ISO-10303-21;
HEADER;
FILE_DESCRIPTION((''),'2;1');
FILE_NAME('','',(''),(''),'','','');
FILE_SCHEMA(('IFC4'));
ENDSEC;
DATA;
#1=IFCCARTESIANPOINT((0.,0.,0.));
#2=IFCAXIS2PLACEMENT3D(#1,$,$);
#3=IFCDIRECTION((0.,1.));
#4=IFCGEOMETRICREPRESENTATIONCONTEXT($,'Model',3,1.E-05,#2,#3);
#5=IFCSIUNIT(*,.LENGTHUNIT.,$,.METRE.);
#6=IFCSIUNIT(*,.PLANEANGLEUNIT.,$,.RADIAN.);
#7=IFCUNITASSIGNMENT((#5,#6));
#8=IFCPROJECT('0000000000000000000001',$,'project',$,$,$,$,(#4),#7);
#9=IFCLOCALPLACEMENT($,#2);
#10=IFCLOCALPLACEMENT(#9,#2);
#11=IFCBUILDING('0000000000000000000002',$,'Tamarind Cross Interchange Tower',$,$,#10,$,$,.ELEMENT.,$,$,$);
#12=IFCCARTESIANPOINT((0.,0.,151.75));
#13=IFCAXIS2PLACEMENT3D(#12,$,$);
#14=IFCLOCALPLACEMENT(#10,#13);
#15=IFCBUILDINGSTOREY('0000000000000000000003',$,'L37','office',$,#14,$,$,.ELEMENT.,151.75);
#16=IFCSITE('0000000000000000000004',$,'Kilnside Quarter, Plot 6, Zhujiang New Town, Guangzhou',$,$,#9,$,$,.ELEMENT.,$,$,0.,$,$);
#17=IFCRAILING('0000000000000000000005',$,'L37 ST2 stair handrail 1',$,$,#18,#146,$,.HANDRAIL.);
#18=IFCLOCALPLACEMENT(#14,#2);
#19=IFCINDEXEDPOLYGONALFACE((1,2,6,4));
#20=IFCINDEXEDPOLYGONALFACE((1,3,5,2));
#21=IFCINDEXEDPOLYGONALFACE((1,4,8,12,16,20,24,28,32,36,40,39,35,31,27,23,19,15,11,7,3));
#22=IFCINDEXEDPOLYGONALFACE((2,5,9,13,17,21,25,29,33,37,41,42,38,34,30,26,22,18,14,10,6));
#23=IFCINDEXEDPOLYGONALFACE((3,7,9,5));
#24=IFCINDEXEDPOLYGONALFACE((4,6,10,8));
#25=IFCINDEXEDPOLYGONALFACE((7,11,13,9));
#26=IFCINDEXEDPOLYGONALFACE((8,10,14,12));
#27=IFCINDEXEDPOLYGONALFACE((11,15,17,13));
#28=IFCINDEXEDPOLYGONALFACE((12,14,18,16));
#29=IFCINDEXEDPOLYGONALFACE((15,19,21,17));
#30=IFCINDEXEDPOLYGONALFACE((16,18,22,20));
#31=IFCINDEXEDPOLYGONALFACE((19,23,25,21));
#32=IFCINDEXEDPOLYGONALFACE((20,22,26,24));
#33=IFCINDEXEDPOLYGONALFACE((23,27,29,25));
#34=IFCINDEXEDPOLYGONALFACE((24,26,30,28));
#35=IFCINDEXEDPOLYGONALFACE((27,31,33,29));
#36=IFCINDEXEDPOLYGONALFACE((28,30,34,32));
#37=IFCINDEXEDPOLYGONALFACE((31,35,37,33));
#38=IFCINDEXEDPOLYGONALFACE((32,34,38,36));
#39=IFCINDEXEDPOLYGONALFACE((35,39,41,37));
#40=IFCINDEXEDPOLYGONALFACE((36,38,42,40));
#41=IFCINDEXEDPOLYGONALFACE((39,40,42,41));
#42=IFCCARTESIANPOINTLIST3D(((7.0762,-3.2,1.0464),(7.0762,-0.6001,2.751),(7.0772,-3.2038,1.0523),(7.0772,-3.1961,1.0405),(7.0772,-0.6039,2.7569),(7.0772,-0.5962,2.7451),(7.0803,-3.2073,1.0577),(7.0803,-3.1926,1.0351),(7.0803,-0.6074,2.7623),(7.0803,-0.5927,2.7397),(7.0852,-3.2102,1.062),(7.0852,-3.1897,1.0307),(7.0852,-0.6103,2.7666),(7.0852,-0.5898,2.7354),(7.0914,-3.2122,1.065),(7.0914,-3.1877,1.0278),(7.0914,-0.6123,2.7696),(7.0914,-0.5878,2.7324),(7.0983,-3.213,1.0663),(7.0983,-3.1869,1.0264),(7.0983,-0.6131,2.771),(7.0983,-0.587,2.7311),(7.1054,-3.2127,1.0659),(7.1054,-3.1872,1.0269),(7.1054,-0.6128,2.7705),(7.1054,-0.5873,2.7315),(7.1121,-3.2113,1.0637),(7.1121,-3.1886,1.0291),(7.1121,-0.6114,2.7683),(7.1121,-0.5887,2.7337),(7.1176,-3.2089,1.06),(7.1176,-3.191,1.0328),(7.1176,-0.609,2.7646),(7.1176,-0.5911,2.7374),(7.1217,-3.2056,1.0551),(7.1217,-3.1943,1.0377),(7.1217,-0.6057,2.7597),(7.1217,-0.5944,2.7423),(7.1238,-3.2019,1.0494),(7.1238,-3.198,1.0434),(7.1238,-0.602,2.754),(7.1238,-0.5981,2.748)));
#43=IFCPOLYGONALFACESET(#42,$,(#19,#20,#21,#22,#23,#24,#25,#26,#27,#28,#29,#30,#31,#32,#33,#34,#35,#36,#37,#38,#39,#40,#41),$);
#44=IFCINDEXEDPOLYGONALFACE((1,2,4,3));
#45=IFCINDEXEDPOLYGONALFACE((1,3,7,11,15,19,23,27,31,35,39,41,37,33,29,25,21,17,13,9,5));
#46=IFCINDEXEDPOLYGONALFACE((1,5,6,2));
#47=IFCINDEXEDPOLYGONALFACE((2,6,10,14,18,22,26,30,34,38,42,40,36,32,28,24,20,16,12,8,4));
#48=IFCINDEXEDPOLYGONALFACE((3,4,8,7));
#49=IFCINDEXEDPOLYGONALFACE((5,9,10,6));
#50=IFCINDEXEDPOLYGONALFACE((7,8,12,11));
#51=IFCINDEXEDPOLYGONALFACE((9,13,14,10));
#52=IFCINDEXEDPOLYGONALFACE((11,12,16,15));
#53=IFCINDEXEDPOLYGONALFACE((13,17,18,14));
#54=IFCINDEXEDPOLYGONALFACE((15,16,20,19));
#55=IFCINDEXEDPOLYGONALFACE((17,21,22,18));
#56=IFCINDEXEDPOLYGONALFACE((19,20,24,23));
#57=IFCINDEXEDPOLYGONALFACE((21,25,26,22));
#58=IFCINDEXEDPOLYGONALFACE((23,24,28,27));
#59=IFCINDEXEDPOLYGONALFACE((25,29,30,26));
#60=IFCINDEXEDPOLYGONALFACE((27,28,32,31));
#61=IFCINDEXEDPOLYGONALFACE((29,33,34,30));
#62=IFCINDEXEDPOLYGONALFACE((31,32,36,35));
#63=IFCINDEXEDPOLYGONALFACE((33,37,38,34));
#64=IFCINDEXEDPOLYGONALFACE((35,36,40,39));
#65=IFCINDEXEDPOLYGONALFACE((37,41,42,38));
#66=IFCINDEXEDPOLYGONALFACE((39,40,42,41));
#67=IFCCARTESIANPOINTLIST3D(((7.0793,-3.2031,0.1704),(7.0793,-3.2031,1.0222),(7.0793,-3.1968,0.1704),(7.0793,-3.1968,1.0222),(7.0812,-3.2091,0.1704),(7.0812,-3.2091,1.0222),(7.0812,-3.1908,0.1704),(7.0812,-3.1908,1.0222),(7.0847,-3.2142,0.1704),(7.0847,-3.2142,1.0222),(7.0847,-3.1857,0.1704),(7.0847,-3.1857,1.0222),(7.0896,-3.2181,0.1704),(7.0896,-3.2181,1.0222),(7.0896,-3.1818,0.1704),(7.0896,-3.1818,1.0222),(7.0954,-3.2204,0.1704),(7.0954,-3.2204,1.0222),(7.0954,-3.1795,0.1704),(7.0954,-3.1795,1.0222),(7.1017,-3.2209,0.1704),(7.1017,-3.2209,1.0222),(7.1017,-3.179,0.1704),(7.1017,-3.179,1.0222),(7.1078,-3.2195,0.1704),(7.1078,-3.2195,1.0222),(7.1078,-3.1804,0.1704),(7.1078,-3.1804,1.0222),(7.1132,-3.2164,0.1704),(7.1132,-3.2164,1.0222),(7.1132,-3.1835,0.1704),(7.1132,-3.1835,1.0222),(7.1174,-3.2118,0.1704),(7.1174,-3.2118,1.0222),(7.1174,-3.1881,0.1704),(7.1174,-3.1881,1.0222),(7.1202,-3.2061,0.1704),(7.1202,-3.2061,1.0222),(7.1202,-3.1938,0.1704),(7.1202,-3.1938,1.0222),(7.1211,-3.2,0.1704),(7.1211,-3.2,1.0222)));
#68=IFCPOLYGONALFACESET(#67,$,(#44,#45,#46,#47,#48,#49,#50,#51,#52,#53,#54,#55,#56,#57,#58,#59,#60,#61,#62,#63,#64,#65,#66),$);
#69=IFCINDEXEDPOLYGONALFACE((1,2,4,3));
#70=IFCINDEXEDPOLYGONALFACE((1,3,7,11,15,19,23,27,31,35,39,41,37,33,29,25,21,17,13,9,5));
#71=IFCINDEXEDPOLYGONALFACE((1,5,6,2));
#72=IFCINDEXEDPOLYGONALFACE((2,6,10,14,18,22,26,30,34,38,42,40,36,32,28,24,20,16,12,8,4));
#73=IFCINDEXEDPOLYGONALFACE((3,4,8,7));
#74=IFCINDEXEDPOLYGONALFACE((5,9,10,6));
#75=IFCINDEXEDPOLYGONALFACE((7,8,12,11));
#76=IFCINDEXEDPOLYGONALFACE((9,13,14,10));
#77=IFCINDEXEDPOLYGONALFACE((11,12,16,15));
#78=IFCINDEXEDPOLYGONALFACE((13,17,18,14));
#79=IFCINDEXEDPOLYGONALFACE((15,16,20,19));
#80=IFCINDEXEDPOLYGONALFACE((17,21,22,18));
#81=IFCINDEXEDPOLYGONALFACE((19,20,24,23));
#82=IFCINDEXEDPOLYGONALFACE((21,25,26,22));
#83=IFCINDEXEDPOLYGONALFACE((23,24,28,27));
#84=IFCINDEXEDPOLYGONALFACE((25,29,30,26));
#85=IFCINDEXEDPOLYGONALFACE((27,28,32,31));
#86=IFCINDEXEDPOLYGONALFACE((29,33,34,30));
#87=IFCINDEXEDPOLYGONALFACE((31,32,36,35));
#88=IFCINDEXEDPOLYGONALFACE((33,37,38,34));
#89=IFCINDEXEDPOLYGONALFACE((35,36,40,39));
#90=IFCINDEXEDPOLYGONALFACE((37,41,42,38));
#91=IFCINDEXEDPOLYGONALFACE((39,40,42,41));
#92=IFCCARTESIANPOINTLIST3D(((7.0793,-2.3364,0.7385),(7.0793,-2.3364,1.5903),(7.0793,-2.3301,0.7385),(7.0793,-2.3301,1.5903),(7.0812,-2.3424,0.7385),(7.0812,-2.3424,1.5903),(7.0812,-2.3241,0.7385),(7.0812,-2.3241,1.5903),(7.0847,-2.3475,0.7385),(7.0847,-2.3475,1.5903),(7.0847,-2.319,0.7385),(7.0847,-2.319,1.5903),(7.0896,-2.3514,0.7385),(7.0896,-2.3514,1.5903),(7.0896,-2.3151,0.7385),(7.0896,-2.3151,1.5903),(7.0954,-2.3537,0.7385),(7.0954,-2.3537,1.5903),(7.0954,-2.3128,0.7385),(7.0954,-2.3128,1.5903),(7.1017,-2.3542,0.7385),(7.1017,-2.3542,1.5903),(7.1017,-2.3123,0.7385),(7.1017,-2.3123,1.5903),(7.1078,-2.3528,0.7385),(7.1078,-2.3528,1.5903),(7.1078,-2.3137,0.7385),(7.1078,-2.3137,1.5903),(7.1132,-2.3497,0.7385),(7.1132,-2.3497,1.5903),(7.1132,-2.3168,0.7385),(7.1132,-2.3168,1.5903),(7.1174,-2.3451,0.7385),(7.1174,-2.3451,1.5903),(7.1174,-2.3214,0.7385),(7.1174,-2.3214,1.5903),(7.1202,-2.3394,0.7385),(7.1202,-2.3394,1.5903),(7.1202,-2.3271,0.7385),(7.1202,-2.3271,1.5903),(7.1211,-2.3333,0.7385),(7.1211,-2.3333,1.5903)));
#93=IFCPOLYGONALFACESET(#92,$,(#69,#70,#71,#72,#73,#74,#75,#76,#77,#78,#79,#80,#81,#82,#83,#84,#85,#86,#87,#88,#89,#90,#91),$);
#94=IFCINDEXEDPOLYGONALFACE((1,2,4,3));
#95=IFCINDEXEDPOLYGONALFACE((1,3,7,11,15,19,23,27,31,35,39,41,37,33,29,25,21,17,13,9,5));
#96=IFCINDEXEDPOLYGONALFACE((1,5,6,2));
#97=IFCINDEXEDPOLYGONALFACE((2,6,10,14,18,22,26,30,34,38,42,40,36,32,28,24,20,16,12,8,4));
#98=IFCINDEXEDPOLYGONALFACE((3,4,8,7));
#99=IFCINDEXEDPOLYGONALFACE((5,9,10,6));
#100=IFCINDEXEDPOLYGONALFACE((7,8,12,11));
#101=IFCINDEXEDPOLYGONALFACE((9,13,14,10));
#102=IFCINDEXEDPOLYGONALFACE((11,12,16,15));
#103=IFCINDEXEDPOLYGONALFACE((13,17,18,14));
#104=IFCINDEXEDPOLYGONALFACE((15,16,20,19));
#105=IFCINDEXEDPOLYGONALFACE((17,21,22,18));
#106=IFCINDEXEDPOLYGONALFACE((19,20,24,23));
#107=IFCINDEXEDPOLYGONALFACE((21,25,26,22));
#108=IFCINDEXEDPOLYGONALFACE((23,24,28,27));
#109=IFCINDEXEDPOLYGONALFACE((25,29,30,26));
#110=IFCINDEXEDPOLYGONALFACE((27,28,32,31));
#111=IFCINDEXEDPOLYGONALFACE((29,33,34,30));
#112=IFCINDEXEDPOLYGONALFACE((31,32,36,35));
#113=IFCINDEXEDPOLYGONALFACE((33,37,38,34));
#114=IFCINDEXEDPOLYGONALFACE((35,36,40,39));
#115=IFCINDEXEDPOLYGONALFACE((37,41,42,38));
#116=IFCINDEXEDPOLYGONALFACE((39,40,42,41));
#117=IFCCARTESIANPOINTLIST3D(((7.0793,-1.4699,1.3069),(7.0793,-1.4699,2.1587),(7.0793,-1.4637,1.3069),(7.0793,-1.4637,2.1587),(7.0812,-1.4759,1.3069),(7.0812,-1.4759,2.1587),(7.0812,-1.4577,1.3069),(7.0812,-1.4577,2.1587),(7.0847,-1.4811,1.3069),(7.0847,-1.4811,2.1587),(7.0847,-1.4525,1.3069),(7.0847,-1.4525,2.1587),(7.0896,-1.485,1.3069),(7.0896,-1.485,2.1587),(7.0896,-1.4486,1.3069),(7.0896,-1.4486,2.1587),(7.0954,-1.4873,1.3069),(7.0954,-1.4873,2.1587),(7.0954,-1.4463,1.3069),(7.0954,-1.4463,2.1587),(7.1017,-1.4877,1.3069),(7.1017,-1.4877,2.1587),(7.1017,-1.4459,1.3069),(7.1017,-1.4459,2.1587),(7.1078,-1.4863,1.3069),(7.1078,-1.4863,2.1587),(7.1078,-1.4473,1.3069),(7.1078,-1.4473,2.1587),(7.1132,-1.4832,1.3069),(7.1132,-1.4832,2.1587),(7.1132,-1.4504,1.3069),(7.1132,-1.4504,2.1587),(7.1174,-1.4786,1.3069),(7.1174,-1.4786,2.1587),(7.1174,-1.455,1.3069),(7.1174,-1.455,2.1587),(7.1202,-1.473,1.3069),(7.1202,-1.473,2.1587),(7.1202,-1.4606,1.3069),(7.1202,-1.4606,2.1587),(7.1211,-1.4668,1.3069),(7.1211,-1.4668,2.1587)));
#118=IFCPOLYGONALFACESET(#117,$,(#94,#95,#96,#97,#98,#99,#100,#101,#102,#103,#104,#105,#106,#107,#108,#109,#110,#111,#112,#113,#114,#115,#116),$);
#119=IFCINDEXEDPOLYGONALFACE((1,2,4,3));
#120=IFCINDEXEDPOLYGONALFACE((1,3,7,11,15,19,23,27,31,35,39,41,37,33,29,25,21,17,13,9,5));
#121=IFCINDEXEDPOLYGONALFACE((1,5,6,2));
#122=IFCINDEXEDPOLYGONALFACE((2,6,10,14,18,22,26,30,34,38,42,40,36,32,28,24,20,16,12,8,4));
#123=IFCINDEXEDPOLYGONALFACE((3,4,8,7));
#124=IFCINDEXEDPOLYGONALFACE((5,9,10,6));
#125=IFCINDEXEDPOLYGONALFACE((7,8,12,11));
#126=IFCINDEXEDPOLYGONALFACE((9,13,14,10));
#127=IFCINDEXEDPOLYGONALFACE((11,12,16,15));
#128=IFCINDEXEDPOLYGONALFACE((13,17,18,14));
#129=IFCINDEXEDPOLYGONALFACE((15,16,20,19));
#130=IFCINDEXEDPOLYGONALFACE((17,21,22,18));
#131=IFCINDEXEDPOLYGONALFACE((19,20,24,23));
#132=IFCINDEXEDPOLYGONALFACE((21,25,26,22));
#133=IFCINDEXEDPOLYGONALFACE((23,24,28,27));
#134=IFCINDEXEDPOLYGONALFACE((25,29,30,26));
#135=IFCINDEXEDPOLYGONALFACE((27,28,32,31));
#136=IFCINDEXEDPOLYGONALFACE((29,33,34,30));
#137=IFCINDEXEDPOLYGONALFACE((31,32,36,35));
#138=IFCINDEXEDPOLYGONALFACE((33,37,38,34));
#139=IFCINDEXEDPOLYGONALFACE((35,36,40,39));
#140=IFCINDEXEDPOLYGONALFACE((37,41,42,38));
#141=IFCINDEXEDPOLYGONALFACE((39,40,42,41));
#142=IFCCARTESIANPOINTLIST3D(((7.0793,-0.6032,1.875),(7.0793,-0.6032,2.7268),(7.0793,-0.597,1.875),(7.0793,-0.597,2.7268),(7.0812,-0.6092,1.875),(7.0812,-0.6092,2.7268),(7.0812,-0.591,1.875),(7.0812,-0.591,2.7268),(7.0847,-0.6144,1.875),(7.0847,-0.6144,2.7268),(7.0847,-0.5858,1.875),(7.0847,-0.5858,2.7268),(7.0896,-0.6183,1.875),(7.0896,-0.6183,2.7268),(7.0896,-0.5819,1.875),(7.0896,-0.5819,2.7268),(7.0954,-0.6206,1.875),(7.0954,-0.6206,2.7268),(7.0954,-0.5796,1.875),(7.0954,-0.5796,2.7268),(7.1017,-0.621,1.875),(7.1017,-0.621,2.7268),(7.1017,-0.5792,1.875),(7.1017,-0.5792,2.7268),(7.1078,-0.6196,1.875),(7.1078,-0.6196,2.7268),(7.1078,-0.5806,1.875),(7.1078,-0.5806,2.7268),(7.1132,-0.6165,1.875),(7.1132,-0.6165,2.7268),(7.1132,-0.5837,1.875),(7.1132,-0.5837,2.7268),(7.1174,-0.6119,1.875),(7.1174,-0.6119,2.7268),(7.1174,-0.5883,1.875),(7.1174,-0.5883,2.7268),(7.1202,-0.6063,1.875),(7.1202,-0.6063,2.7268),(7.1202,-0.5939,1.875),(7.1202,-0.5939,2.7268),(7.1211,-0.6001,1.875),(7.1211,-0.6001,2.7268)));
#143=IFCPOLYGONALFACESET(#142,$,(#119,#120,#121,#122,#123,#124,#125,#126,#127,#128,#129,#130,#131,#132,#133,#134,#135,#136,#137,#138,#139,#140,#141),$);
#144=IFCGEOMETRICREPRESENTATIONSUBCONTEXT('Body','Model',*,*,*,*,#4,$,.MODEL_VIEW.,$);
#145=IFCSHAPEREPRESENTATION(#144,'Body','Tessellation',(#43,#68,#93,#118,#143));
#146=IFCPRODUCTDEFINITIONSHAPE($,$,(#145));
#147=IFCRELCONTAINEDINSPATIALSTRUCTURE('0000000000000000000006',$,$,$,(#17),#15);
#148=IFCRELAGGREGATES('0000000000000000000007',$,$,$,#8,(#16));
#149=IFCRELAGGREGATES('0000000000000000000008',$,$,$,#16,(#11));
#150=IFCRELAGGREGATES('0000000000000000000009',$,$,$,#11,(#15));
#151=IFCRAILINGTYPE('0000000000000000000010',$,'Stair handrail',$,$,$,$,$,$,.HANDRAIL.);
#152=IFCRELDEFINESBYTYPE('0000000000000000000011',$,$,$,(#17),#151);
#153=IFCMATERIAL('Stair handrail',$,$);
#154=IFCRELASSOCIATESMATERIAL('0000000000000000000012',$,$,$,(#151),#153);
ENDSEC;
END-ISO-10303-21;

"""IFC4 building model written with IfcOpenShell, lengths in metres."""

from ifc_helpers import new_model, si_unit, direction, frame, origin, origin_2d, place, context, subcontext, project, spatial, circle, extrude, material, type_object, element, save


model = new_model("IFC4")

# Units and contexts
model_context = context("Model", 3, precision=1e-05, world=origin(), true_north=direction((0.0, 1.0)))
body_context = subcontext(model_context, "Body", "Model", "MODEL_VIEW")
ifc_project = project(units=[si_unit("LENGTHUNIT", "METRE"), si_unit("PLANEANGLEUNIT", "RADIAN")], contexts=[model_context])

# Site, building, storey
site_placement = place(None, origin())
site = spatial("IfcSite", under=ifc_project, at=site_placement, Name="Kilnside Quarter, Plot 6, Zhujiang New Town, Guangzhou", CompositionType="ELEMENT", RefElevation=0.0)
building_placement = place(site_placement, origin())
building = spatial("IfcBuilding", under=site, at=building_placement, Name="Tamarind Cross Interchange Tower", CompositionType="ELEMENT")
storey_placement = place(building_placement, frame((0.0, 0.0, 151.75)))
storey = spatial("IfcBuildingStorey", under=building, at=storey_placement, Name="L37", Description="office", CompositionType="ELEMENT", Elevation=151.75)

# Railing
ifc_material_1 = material(Name="Stair handrail")
railing_type_1 = type_object("IfcRailingType", Name="Stair handrail", PredefinedType="HANDRAIL", material=ifc_material_1)
railing_1_placement = place(storey_placement, frame((7.1001, -3.2, 0.1704)))
element("IfcRailing", 1, at=railing_1_placement, inside=storey, type_object=railing_type_1, Name="L37 ST2 stair handrail 1", PredefinedType="HANDRAIL", context=body_context, shape_type="SweptSolid", body=[
    extrude(circle(Radius=0.0239, at=origin_2d()), frame((0.0, 0.0, 0.876), z_axis=(0.0, 0.836279, 0.548305), x_axis=(-1.0, 0.0, 0.0)), (0.0, 0.0, 1.0), 3.1089),
    extrude(circle(Radius=0.021, at=origin_2d()), origin(), (0.0, 0.0, 1.0), 0.8518),
    extrude(circle(Radius=0.021, at=origin_2d()), frame((0.0, 0.8667, 0.5681)), (0.0, 0.0, 1.0), 0.8518),
    extrude(circle(Radius=0.021, at=origin_2d()), frame((0.0, 1.7332, 1.1365)), (0.0, 0.0, 1.0), 0.8518),
    extrude(circle(Radius=0.021, at=origin_2d()), frame((0.0, 2.5999, 1.7046)), (0.0, 0.0, 1.0), 0.8518),
])

save(model, "model.ifc")
